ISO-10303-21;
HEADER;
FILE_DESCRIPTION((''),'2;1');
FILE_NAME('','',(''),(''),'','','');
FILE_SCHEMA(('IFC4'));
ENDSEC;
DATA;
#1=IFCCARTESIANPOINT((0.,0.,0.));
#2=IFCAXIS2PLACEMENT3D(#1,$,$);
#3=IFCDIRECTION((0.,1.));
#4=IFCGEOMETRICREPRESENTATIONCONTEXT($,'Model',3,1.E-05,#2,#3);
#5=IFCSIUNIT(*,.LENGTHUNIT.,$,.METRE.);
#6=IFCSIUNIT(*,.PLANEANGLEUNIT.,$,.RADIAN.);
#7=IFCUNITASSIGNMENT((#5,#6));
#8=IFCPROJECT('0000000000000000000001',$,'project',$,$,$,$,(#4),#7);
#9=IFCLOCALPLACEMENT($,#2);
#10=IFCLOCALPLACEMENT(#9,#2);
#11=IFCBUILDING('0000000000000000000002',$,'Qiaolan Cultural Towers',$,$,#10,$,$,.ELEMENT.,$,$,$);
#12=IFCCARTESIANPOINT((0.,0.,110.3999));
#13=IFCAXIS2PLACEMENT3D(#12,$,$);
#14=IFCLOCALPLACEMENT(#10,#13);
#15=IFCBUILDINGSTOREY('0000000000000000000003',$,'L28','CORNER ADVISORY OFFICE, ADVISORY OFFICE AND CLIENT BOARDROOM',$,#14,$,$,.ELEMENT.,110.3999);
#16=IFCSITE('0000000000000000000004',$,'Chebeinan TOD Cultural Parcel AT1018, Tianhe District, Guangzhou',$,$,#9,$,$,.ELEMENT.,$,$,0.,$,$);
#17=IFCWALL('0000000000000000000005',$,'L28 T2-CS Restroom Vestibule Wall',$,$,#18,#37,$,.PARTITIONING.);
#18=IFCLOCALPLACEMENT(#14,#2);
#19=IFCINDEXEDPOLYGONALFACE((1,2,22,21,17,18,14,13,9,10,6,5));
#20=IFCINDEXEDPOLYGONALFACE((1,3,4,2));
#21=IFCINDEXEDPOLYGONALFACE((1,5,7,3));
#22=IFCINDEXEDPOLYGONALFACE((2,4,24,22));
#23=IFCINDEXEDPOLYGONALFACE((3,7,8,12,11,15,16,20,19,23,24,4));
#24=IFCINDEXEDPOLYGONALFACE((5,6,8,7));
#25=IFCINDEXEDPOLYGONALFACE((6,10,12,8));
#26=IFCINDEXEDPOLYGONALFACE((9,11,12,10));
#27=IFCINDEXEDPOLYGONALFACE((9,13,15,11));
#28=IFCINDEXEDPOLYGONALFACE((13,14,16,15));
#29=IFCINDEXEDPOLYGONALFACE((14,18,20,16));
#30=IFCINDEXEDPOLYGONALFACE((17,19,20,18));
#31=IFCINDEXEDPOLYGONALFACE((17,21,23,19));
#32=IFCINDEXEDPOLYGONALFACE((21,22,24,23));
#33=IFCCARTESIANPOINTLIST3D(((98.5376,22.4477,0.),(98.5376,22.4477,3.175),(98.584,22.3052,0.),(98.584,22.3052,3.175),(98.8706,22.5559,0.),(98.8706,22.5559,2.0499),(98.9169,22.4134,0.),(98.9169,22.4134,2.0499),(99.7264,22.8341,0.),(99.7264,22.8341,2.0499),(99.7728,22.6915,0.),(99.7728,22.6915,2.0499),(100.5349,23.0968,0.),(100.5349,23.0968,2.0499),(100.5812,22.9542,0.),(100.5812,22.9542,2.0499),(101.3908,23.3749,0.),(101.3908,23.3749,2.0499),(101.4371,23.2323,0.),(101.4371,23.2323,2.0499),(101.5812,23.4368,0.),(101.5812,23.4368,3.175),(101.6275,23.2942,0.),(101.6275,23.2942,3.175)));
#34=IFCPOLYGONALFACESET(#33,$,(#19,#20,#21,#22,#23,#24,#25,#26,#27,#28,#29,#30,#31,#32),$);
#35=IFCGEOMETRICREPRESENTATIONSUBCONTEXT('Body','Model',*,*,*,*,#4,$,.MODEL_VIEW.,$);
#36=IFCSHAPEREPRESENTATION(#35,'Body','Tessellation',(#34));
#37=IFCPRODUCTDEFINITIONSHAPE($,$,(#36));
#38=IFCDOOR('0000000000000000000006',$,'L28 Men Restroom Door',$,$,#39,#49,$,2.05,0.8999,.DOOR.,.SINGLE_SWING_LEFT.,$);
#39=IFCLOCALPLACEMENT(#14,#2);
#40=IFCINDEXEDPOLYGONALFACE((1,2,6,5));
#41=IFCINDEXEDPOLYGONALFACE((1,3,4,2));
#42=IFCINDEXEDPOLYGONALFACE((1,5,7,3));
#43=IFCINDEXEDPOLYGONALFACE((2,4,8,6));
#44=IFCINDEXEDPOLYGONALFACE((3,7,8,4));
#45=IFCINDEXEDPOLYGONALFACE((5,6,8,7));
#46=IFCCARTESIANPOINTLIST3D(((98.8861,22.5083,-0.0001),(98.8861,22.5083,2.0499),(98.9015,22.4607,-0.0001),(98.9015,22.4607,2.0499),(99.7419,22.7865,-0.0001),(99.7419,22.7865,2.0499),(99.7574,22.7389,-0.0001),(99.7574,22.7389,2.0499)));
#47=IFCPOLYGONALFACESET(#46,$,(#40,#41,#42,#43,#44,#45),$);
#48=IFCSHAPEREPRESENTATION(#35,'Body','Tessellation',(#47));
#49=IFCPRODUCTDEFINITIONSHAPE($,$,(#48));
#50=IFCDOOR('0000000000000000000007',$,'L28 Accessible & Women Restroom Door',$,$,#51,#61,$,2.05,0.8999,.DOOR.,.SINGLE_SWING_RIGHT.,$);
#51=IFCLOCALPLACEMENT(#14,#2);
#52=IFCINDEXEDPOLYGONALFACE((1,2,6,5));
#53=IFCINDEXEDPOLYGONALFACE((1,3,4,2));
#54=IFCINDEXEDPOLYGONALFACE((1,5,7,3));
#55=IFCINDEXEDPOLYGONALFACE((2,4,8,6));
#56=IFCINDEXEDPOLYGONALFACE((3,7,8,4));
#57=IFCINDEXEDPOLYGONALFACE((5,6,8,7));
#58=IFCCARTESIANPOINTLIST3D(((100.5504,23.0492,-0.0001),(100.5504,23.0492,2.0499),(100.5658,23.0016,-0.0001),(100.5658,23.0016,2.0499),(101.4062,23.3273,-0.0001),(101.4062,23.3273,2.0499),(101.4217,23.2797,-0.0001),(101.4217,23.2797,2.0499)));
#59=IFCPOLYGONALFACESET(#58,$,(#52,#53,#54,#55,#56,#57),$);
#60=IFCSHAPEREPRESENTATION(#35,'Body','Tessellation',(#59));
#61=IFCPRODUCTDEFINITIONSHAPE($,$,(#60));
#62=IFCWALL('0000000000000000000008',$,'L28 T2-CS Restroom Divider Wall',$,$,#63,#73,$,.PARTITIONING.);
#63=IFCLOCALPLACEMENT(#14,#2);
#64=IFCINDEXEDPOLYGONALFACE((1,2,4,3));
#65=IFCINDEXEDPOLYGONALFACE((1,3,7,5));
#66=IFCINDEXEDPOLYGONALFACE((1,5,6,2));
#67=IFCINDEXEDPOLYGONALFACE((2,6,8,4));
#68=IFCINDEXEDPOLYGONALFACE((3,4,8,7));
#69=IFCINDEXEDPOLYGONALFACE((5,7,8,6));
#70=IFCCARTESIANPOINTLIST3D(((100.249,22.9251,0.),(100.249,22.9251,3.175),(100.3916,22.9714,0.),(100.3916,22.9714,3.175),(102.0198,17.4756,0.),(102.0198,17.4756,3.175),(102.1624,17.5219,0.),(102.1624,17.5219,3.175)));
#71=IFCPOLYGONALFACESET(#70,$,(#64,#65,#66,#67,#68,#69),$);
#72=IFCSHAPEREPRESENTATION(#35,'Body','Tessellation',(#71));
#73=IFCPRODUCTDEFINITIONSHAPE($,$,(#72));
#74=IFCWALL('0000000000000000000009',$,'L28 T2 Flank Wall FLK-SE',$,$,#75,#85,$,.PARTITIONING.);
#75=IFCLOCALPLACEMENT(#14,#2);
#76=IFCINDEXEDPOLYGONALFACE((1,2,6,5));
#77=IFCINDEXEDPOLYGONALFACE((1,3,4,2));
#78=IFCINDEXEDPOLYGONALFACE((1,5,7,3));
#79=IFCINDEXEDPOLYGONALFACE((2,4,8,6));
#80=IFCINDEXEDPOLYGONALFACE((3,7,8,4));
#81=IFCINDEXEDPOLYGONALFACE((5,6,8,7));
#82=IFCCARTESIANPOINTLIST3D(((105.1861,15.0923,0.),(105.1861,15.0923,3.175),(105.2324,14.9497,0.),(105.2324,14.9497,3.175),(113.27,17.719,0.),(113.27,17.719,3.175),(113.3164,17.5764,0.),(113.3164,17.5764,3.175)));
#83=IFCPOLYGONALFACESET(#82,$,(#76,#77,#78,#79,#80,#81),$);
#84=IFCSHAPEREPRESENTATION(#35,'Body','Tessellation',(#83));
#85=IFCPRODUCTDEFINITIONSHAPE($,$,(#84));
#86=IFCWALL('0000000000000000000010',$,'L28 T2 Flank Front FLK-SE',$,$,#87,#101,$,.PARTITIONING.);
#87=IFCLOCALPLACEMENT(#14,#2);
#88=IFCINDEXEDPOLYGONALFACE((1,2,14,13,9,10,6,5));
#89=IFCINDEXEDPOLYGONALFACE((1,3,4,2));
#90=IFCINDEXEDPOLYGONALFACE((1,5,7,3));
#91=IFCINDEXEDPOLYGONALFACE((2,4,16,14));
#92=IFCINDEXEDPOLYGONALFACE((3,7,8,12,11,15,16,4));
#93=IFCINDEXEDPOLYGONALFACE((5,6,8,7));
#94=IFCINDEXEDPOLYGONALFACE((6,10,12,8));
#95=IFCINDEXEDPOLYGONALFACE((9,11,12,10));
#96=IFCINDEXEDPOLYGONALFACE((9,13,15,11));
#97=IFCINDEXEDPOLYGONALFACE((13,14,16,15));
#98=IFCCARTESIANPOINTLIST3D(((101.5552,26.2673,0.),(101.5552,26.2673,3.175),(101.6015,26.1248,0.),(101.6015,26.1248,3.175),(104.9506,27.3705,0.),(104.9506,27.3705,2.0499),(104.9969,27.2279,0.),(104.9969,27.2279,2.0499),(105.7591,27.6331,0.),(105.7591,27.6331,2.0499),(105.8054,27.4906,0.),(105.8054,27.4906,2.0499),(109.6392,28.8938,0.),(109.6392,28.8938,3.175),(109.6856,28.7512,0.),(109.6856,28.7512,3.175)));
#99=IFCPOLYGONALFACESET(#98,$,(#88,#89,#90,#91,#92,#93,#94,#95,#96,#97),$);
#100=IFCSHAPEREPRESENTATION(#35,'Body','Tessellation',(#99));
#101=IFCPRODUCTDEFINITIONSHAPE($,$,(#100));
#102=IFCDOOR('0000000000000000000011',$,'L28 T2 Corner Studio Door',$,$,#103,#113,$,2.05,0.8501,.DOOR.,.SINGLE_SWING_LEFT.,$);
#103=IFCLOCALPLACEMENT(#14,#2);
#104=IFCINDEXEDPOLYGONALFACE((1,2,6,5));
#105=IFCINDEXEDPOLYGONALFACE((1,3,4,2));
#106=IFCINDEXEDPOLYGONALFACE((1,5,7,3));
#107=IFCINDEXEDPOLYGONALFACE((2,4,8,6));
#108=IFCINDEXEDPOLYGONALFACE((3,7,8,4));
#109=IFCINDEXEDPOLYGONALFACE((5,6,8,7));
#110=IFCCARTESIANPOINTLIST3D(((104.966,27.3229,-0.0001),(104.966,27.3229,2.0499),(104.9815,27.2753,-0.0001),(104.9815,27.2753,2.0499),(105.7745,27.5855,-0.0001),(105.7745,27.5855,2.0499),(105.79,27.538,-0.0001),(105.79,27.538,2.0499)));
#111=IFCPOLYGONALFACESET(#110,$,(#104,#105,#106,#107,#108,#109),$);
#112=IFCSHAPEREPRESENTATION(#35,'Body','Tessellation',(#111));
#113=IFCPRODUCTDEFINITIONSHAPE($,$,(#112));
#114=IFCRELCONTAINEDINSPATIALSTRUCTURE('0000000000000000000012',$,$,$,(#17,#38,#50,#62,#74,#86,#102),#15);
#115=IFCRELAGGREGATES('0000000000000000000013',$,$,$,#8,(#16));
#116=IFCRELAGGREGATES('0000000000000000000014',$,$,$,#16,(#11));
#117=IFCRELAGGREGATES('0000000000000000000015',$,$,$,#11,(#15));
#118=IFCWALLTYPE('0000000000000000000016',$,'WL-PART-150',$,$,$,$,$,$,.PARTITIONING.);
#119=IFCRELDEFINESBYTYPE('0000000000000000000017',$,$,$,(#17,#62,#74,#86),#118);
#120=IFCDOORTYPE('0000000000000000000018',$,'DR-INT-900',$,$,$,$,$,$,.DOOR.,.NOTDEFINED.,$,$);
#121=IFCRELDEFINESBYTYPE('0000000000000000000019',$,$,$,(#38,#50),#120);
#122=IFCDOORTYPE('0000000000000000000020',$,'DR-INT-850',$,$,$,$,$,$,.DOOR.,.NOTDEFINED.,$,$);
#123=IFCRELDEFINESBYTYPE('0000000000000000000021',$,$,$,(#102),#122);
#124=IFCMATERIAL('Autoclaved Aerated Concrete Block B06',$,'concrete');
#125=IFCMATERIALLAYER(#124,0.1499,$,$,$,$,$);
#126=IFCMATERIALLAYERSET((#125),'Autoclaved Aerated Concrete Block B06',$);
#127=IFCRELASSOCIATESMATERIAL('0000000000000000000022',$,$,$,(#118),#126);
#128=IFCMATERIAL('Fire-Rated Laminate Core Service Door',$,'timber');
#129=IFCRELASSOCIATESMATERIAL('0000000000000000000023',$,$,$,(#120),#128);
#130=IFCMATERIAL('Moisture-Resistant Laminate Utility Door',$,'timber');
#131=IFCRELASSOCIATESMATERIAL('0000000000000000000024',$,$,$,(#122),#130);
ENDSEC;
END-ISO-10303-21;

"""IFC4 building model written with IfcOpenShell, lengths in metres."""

from ifc_helpers import new_model, si_unit, direction, frame, frame_2d, origin, place, context, subcontext, project, spatial, rectangle, extrude, material, layer, layer_set, type_object, element, fill, save


model = new_model("IFC4")

# Units and contexts
model_context = context("Model", 3, precision=1e-05, world=origin(), true_north=direction((0.0, 1.0)))
body_context = subcontext(model_context, "Body", "Model", "MODEL_VIEW")
ifc_project = project(units=[si_unit("LENGTHUNIT", "METRE"), si_unit("PLANEANGLEUNIT", "RADIAN")], contexts=[model_context])

# Site, building, storey
site_placement = place(None, origin())
site = spatial("IfcSite", under=ifc_project, at=site_placement, Name="Chebeinan TOD Cultural Parcel AT1018, Tianhe District, Guangzhou", CompositionType="ELEMENT", RefElevation=0.0)
building_placement = place(site_placement, origin())
building = spatial("IfcBuilding", under=site, at=building_placement, Name="Qiaolan Cultural Towers", CompositionType="ELEMENT")
storey_placement = place(building_placement, frame((0.0, 0.0, 110.3999)))
storey = spatial("IfcBuildingStorey", under=building, at=storey_placement, Name="L28", Description="CORNER ADVISORY OFFICE, ADVISORY OFFICE AND CLIENT BOARDROOM", CompositionType="ELEMENT", Elevation=110.3999)

# Shared definitions
ifc_material_1 = material(Name="Autoclaved Aerated Concrete Block B06", Category="concrete")
ifc_layer_1 = layer(ifc_material_1, 0.1499)
ifc_layer_set_1 = layer_set([ifc_layer_1], Name="Autoclaved Aerated Concrete Block B06")
wall_type_1 = type_object("IfcWallType", Name="WL-PART-150", PredefinedType="PARTITIONING", material=ifc_layer_set_1)

# Wall, openings, doors
wall_1_placement = place(storey_placement, frame((98.5608, 22.3765, 0.0), z_axis=(0.0, 0.0, 1.0), x_axis=(0.951044, 0.309055, 0.0)))
wall_1 = element("IfcWall", 1, at=wall_1_placement, inside=storey, type_object=wall_type_1, Name="L28 T2-CS Restroom Vestibule Wall", PredefinedType="PARTITIONING", context=body_context, shape_type="SweptSolid", body=[
    extrude(rectangle(XDim=3.2002, YDim=0.1499, at=frame_2d((1.6001, 0.0))), origin(), (0.0, 0.0, 1.0), 3.175),
])
opening_1_placement = place(wall_1_placement, frame((0.3501, 0.0, 0.0)))
opening_1 = element("IfcOpeningElement", 2, at=opening_1_placement, cuts=wall_1, PredefinedType="OPENING", context=body_context, shape_type="SweptSolid", body=[
    extrude(rectangle(XDim=0.8999, YDim=2.05, at=frame_2d((0.45, 1.0249))), frame((0.0, 0.085, 0.0), z_axis=(0.0, -1.0, 0.0), x_axis=(1.0, 0.0, 0.0)), (0.0, 0.0, 1.0), 0.1699),
])
opening_2_placement = place(wall_1_placement, frame((2.1001, 0.0, 0.0)))
opening_2 = element("IfcOpeningElement", 3, at=opening_2_placement, cuts=wall_1, PredefinedType="OPENING", context=body_context, shape_type="SweptSolid", body=[
    extrude(rectangle(XDim=0.8999, YDim=2.05, at=frame_2d((0.45, 1.0249))), frame((0.0, 0.085, 0.0), z_axis=(0.0, -1.0, 0.0), x_axis=(1.0, 0.0, 0.0)), (0.0, 0.0, 1.0), 0.1699),
])
ifc_material_2 = material(Name="Fire-Rated Laminate Core Service Door", Category="timber")
door_type_1 = type_object("IfcDoorType", Name="DR-INT-900", OperationType="NOTDEFINED", PredefinedType="DOOR", material=ifc_material_2)
door_1_placement = place(opening_1_placement, origin())
door_1 = element("IfcDoor", 4, at=door_1_placement, inside=storey, type_object=door_type_1, Name="L28 Men Restroom Door", OperationType="SINGLE_SWING_LEFT", OverallHeight=2.05, OverallWidth=0.8999, PredefinedType="DOOR", context=body_context, shape_type="SweptSolid", body=[
    extrude(rectangle(XDim=0.8999, YDim=2.05, at=frame_2d((0.45, 1.0249))), frame((0.0, 0.0249, 0.0), z_axis=(0.0, -1.0, 0.0), x_axis=(1.0, 0.0, 0.0)), (0.0, 0.0, 1.0), 0.05),
])
fill(opening_1, door_1)
door_2_placement = place(opening_2_placement, origin())
door_2 = element("IfcDoor", 5, at=door_2_placement, inside=storey, type_object=door_type_1, Name="L28 Accessible & Women Restroom Door", OperationType="SINGLE_SWING_RIGHT", OverallHeight=2.05, OverallWidth=0.8999, PredefinedType="DOOR", context=body_context, shape_type="SweptSolid", body=[
    extrude(rectangle(XDim=0.8999, YDim=2.05, at=frame_2d((0.45, 1.0249))), frame((0.0, 0.0249, 0.0), z_axis=(0.0, -1.0, 0.0), x_axis=(1.0, 0.0, 0.0)), (0.0, 0.0, 1.0), 0.05),
])
fill(opening_2, door_2)

# Walls
wall_2_placement = place(storey_placement, frame((100.3203, 22.9482, 0.0), z_axis=(0.0, 0.0, 1.0), x_axis=(0.309035, -0.951051, 0.0)))
element("IfcWall", 6, at=wall_2_placement, inside=storey, type_object=wall_type_1, Name="L28 T2-CS Restroom Divider Wall", PredefinedType="PARTITIONING", context=body_context, shape_type="SweptSolid", body=[
    extrude(rectangle(XDim=5.73, YDim=0.1499, at=frame_2d((2.865, 0.0))), origin(), (0.0, 0.0, 1.0), 3.175),
])
wall_3_placement = place(storey_placement, frame((105.2092, 15.021, 0.0), z_axis=(0.0, 0.0, 1.0), x_axis=(0.951054, 0.309024, 0.0)))
element("IfcWall", 7, at=wall_3_placement, inside=storey, type_object=wall_type_1, Name="L28 T2 Flank Wall FLK-SE", PredefinedType="PARTITIONING", context=body_context, shape_type="SweptSolid", body=[
    extrude(rectangle(XDim=8.5, YDim=0.1499, at=frame_2d((4.25, 0.0))), origin(), (0.0, 0.0, 1.0), 3.175),
])

# Wall, opening, door
wall_4_placement = place(storey_placement, frame((101.5784, 26.196, 0.0), z_axis=(0.0, 0.0, 1.0), x_axis=(0.951063, 0.308998, 0.0)))
wall_4 = element("IfcWall", 8, at=wall_4_placement, inside=storey, type_object=wall_type_1, Name="L28 T2 Flank Front FLK-SE", PredefinedType="PARTITIONING", context=body_context, shape_type="SweptSolid", body=[
    extrude(rectangle(XDim=8.5, YDim=0.1499, at=frame_2d((4.25, 0.0))), origin(), (0.0, 0.0, 1.0), 3.175),
])
opening_3_placement = place(wall_4_placement, frame((3.5701, 0.0, 0.0)))
opening_3 = element("IfcOpeningElement", 9, at=opening_3_placement, cuts=wall_4, PredefinedType="OPENING", context=body_context, shape_type="SweptSolid", body=[
    extrude(rectangle(XDim=0.8501, YDim=2.05, at=frame_2d((0.425, 1.0249))), frame((0.0, 0.085, 0.0), z_axis=(0.0, -1.0, 0.0), x_axis=(1.0, 0.0, 0.0)), (0.0, 0.0, 1.0), 0.1699),
])
ifc_material_3 = material(Name="Moisture-Resistant Laminate Utility Door", Category="timber")
door_type_2 = type_object("IfcDoorType", Name="DR-INT-850", OperationType="NOTDEFINED", PredefinedType="DOOR", material=ifc_material_3)
door_3_placement = place(opening_3_placement, origin())
door_3 = element("IfcDoor", 10, at=door_3_placement, inside=storey, type_object=door_type_2, Name="L28 T2 Corner Studio Door", OperationType="SINGLE_SWING_LEFT", OverallHeight=2.05, OverallWidth=0.8501, PredefinedType="DOOR", context=body_context, shape_type="SweptSolid", body=[
    extrude(rectangle(XDim=0.8501, YDim=2.05, at=frame_2d((0.425, 1.0249))), frame((0.0, 0.0249, 0.0), z_axis=(0.0, -1.0, 0.0), x_axis=(1.0, 0.0, 0.0)), (0.0, 0.0, 1.0), 0.05),
])
fill(opening_3, door_3)

save(model, "model.ifc")
